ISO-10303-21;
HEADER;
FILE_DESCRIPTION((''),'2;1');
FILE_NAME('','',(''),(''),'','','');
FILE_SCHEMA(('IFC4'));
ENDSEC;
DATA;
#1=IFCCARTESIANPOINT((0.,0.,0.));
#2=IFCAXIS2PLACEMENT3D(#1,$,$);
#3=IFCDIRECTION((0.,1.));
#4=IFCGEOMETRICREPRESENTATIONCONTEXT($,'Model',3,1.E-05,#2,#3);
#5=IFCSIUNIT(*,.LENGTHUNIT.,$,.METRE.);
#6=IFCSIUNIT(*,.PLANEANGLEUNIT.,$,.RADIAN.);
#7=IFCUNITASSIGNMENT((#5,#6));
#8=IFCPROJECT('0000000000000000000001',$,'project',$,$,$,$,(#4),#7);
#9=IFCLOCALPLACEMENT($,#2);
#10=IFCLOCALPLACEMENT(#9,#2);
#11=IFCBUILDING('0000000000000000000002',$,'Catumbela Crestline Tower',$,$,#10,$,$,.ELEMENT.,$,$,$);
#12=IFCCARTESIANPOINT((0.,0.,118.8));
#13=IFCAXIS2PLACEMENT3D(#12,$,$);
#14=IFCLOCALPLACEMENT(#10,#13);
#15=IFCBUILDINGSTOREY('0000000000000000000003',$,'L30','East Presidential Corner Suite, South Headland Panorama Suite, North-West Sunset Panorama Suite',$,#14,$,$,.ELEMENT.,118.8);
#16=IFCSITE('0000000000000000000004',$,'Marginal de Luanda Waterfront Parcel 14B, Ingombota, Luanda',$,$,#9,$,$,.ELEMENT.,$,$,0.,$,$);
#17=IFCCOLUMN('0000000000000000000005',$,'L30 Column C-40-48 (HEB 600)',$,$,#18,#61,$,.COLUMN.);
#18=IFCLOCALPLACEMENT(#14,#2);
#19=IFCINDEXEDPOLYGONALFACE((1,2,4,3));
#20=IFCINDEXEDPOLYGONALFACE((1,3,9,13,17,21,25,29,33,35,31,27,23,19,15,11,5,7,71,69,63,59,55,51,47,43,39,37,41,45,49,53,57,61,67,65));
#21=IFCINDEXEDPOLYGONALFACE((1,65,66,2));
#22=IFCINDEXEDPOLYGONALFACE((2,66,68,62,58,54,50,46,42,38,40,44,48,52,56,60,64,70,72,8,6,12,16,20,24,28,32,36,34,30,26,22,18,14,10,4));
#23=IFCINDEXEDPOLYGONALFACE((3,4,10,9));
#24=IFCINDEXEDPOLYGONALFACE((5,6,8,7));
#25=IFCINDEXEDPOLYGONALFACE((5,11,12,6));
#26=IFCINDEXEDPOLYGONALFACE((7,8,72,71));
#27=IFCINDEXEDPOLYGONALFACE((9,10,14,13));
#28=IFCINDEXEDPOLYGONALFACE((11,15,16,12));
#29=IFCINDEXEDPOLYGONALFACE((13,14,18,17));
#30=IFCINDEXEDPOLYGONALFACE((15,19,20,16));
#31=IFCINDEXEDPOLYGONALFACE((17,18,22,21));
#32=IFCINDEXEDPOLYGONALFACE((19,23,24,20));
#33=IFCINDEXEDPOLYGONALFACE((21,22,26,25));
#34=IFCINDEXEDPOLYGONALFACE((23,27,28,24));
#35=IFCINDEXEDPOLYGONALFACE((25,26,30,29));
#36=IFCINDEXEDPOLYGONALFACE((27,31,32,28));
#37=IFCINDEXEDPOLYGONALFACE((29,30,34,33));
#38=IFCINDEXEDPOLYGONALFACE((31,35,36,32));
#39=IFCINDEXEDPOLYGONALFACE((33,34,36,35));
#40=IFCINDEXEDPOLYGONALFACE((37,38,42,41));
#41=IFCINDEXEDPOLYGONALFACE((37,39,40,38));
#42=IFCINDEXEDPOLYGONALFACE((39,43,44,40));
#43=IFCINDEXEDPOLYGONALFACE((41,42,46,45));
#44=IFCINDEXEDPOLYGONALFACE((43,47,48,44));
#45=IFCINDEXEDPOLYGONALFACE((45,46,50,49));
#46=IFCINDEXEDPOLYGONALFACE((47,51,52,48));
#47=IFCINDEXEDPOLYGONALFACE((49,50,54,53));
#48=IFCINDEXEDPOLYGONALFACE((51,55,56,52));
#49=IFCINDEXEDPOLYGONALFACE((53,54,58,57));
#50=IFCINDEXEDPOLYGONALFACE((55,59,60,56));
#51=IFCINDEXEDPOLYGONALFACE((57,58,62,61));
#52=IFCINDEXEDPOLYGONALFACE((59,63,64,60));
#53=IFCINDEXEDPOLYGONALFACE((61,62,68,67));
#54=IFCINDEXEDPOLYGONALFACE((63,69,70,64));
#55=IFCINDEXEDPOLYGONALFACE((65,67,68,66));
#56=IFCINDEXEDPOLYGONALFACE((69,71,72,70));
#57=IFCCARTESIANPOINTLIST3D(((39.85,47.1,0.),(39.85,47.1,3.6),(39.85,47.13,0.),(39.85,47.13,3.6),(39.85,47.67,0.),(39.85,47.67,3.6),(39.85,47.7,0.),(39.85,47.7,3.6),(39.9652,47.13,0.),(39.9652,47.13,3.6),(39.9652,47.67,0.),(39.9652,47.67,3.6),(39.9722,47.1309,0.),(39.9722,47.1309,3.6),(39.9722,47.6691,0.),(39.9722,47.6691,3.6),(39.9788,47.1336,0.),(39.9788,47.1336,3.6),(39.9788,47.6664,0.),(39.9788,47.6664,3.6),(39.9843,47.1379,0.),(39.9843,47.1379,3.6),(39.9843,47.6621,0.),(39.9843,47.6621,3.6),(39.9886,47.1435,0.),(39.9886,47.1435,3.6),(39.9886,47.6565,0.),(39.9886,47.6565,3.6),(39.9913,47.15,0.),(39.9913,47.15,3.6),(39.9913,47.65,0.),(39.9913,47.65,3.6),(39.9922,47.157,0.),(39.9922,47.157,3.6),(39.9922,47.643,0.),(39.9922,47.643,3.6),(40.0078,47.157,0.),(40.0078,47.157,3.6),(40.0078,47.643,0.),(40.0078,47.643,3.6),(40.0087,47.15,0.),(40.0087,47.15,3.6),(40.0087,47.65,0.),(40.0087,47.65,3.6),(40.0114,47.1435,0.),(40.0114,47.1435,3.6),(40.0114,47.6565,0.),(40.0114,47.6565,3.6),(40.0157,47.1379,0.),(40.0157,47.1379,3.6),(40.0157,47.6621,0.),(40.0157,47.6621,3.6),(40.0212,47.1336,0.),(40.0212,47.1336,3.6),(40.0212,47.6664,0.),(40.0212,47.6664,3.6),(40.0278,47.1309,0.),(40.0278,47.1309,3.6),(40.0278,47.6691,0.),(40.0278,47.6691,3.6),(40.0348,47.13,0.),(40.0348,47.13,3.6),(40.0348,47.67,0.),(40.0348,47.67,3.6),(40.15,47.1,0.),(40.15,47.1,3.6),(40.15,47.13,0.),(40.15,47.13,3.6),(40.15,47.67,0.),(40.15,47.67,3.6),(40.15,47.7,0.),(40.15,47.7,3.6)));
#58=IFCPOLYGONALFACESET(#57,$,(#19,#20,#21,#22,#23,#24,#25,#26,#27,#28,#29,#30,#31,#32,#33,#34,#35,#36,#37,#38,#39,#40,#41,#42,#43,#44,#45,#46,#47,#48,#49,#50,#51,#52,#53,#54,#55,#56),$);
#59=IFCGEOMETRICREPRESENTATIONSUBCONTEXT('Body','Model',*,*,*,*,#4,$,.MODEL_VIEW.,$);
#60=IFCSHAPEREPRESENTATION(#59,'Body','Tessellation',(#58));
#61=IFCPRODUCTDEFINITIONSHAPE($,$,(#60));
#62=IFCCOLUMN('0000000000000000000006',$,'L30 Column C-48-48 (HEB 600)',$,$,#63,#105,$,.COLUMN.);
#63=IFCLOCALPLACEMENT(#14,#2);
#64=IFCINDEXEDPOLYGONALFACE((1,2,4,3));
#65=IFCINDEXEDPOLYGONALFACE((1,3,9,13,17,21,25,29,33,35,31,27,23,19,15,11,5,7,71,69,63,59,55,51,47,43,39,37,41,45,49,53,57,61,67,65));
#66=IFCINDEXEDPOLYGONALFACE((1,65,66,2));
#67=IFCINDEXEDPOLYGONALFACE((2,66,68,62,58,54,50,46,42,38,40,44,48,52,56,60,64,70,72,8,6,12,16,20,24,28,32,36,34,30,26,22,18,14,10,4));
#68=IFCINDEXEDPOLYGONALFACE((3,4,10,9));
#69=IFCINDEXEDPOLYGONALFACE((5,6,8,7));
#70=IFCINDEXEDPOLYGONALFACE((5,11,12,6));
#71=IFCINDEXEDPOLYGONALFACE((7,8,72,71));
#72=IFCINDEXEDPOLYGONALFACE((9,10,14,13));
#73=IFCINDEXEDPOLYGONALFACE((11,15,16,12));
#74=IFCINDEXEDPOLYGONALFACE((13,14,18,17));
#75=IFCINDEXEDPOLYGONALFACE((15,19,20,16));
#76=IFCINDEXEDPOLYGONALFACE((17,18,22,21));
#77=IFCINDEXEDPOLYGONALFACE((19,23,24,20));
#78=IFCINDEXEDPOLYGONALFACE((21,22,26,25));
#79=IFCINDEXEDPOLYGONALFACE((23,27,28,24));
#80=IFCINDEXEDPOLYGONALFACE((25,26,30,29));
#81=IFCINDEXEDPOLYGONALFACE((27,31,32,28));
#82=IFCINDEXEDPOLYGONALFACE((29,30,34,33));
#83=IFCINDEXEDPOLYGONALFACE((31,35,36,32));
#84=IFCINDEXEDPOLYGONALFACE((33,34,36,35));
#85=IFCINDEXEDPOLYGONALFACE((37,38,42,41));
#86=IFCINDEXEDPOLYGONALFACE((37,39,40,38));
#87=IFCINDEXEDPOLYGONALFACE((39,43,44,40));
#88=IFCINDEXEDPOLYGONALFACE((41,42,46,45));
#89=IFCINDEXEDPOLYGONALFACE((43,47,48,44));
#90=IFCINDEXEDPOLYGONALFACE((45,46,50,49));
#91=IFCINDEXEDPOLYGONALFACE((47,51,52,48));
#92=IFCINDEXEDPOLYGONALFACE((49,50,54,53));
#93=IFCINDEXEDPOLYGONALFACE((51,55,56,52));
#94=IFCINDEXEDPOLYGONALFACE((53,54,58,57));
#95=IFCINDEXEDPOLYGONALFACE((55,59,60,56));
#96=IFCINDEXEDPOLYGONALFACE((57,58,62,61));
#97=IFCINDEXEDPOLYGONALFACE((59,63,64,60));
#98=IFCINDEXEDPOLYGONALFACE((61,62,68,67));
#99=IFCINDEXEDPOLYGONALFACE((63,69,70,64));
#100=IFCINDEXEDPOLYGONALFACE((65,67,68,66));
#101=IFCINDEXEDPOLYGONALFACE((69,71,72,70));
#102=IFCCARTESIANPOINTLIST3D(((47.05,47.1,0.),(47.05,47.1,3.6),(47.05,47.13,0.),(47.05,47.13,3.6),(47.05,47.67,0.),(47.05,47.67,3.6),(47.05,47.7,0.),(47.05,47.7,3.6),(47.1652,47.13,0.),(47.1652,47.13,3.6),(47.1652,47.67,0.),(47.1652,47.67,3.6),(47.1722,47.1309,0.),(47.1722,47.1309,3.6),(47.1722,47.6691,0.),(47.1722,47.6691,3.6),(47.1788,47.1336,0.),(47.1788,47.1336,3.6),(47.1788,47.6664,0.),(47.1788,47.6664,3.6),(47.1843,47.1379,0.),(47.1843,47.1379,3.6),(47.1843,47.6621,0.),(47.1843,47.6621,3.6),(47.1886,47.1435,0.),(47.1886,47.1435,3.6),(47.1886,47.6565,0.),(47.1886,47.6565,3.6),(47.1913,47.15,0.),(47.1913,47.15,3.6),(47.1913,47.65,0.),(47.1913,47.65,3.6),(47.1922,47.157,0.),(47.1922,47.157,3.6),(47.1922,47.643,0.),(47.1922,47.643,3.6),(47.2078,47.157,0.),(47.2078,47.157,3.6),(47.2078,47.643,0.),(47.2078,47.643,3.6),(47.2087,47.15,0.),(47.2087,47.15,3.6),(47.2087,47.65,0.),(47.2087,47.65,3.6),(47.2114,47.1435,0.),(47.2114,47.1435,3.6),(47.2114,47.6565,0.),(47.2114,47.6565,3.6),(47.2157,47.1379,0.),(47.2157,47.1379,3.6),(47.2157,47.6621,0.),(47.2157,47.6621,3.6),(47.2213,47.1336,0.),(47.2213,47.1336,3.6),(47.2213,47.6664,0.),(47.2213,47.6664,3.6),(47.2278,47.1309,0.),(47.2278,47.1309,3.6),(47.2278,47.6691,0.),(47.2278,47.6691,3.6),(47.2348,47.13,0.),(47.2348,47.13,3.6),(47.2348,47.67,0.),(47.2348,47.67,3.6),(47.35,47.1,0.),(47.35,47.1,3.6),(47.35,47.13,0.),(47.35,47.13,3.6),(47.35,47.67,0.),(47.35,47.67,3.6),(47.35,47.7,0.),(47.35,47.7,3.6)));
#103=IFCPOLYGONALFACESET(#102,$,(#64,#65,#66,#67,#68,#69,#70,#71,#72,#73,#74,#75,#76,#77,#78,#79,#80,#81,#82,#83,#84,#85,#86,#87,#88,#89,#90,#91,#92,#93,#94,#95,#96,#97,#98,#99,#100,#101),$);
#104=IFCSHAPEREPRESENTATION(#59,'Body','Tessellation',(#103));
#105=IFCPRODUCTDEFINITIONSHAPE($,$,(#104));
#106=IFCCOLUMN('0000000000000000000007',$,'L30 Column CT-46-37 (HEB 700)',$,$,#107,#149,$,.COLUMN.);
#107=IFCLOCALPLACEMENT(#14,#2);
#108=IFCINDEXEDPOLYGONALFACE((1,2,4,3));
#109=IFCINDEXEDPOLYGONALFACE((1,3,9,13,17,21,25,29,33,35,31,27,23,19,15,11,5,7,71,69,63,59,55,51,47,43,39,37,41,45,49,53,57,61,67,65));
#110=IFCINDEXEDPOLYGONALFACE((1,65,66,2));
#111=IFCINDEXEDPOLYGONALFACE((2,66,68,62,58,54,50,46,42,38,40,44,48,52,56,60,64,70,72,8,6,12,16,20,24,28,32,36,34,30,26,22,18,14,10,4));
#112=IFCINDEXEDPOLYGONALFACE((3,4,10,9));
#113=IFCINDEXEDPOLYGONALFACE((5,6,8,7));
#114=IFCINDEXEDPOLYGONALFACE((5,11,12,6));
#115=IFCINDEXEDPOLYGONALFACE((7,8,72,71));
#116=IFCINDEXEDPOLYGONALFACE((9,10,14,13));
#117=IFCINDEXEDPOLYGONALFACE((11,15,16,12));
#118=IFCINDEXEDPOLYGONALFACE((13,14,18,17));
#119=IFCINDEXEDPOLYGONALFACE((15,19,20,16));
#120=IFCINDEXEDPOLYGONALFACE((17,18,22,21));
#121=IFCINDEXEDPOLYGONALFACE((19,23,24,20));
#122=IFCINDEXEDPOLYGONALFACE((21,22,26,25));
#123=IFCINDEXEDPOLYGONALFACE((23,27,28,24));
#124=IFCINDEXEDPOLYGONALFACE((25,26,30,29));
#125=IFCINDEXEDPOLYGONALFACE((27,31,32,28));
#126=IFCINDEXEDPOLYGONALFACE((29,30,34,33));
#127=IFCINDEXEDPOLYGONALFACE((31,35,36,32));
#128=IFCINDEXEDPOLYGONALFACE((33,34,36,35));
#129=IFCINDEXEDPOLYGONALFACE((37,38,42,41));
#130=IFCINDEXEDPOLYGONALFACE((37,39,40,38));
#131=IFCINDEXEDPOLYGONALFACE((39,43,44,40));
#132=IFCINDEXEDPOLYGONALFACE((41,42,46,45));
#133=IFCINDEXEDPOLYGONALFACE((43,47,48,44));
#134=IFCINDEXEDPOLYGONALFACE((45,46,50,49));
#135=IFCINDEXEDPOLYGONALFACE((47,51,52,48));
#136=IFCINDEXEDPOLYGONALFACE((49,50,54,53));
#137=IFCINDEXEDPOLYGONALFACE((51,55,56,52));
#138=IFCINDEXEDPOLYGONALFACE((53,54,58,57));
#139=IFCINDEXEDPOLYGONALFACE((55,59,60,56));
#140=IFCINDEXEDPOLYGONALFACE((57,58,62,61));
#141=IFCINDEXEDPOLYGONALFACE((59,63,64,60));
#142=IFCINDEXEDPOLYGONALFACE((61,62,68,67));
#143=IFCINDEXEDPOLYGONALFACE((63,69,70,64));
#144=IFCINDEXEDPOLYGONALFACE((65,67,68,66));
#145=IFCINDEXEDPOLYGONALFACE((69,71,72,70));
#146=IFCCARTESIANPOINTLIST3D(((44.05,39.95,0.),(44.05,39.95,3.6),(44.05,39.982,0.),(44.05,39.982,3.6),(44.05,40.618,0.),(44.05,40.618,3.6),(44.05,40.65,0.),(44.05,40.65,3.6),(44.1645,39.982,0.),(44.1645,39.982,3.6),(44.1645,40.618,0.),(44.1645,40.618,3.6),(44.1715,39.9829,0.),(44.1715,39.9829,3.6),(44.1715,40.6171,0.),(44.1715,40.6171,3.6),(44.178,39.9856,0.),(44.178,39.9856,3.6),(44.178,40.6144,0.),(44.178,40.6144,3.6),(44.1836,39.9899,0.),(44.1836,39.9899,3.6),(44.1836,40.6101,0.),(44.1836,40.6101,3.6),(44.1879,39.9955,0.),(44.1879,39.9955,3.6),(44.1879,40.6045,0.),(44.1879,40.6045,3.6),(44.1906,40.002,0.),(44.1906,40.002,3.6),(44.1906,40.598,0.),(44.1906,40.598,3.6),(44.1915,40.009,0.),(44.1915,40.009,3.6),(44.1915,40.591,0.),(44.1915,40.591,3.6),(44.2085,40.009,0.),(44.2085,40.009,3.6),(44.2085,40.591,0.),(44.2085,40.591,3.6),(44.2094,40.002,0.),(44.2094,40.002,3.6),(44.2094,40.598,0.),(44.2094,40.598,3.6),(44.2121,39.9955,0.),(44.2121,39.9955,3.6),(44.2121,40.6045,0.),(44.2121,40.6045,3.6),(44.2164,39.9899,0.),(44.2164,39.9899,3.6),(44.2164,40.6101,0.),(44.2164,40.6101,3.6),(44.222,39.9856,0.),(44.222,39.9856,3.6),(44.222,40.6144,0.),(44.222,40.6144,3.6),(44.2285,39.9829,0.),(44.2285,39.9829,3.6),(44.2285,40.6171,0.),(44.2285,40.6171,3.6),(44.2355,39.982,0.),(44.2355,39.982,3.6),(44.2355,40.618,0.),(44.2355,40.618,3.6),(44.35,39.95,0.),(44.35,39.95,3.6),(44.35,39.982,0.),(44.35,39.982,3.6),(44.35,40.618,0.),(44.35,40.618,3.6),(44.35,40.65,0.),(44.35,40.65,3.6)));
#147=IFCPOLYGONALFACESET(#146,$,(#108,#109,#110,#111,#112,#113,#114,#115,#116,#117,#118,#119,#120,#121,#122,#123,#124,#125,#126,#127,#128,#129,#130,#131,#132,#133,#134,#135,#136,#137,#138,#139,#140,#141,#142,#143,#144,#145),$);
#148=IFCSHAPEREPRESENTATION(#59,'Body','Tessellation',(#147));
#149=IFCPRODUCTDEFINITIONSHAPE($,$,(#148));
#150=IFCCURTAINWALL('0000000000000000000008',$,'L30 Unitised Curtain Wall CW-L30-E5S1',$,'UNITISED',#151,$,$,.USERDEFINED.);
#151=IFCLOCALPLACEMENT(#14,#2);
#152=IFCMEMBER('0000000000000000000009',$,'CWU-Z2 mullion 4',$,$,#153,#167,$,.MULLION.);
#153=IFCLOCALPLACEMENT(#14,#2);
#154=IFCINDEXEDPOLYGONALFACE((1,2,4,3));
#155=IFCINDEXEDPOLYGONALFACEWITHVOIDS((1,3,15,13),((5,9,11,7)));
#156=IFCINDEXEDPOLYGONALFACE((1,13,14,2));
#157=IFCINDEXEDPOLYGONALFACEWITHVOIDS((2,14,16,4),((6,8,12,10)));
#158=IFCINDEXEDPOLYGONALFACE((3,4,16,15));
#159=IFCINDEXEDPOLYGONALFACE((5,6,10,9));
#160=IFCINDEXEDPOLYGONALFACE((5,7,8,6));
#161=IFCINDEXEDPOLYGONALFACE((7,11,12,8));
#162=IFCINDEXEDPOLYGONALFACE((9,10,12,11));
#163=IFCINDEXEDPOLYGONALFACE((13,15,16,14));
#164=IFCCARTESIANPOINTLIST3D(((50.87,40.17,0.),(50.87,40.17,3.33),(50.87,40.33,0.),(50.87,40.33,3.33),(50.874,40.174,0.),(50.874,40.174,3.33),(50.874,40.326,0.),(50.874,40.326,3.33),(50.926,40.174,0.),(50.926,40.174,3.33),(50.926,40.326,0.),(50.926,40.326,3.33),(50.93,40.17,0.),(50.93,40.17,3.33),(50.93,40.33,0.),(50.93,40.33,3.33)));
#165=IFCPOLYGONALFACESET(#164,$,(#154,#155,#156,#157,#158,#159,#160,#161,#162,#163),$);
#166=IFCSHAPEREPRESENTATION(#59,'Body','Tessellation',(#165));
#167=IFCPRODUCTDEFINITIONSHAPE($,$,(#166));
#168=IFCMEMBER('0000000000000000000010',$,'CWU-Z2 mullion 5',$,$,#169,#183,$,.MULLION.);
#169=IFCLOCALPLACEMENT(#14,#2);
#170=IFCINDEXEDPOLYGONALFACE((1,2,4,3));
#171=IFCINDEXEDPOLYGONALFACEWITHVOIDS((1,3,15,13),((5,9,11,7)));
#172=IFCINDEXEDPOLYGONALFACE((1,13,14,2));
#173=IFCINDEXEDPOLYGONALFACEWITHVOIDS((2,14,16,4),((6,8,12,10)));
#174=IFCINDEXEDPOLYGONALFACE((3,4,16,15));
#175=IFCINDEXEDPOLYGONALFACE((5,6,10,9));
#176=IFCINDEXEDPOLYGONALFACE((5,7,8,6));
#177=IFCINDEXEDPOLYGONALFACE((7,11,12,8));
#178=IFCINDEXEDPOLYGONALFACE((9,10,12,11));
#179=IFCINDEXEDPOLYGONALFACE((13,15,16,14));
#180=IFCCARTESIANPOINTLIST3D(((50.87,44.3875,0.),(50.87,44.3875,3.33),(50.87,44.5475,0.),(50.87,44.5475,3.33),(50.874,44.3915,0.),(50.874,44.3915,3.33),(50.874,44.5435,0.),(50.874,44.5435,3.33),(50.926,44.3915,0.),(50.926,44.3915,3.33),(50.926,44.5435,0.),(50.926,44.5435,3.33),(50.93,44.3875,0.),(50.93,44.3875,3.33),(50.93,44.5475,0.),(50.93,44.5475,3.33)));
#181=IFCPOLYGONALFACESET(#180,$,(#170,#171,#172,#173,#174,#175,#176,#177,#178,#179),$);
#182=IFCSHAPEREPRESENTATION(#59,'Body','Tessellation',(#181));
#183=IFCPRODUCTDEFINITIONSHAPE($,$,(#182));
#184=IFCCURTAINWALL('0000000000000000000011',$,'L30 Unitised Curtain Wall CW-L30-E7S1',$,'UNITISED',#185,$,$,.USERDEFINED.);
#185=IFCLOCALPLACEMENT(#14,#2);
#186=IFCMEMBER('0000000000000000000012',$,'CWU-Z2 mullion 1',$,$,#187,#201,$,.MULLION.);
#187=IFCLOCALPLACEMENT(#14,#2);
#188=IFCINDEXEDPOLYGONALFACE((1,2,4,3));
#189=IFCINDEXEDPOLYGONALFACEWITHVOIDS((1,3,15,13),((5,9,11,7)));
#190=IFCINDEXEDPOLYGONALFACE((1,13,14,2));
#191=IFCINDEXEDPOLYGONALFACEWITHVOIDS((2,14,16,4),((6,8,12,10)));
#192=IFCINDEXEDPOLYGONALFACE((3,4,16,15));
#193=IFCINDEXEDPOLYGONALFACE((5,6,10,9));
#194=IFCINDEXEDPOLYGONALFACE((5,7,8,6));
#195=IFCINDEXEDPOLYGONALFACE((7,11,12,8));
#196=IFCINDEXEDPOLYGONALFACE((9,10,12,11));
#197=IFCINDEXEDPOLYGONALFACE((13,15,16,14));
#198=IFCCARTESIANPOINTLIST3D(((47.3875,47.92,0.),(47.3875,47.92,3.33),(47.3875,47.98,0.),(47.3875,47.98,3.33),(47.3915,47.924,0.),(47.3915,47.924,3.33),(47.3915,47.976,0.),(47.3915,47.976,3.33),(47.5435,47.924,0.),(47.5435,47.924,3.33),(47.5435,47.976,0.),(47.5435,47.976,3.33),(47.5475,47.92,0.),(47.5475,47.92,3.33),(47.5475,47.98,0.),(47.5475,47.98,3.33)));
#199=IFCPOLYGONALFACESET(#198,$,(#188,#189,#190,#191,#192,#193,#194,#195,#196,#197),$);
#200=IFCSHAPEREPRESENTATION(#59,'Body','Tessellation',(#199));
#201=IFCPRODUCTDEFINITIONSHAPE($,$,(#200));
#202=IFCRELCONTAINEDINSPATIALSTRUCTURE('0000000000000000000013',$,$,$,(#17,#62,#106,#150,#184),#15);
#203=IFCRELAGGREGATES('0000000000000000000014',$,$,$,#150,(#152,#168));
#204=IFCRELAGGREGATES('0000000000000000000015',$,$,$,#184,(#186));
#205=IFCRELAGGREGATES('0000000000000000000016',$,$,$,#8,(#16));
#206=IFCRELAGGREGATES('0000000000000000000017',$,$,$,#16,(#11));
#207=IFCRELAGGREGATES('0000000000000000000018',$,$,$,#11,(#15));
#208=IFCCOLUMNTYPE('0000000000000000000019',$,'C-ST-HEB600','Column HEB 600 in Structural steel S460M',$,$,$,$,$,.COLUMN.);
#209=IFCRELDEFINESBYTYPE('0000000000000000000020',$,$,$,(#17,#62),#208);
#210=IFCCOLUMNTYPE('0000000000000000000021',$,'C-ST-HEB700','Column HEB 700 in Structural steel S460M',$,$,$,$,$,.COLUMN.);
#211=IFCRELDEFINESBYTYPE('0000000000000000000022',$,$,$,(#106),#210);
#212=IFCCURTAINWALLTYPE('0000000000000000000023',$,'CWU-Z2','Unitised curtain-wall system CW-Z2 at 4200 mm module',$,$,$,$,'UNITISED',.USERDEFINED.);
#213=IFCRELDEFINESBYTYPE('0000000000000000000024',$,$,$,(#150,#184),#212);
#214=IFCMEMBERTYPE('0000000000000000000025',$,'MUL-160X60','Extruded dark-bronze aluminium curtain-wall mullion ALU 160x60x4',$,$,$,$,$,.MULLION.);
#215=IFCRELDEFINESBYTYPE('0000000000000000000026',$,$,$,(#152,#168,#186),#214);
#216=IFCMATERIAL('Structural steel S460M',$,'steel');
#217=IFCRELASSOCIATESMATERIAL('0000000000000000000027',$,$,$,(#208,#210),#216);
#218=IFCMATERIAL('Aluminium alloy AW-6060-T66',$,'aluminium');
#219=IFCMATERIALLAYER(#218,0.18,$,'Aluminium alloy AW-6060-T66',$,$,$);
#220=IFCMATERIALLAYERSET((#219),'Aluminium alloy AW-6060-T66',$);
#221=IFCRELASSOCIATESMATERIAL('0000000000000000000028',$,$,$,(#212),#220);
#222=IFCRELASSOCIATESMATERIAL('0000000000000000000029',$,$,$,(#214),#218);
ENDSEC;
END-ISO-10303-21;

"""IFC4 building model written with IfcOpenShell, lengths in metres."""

from ifc_helpers import new_model, si_unit, direction, frame, origin, origin_2d, place, context, subcontext, project, spatial, hollow_rectangle, i_section, extrude, material, layer, layer_set, material_profile, profile_set, type_object, element, aggregate, save


model = new_model("IFC4")

# Units and contexts
model_context = context("Model", 3, precision=1e-05, world=origin(), true_north=direction((0.0, 1.0)))
body_context = subcontext(model_context, "Body", "Model", "MODEL_VIEW")
ifc_project = project(units=[si_unit("LENGTHUNIT", "METRE"), si_unit("PLANEANGLEUNIT", "RADIAN")], contexts=[model_context])

# Site, building, storey
site_placement = place(None, origin())
site = spatial("IfcSite", under=ifc_project, at=site_placement, Name="Marginal de Luanda Waterfront Parcel 14B, Ingombota, Luanda", CompositionType="ELEMENT", RefElevation=0.0)
building_placement = place(site_placement, origin())
building = spatial("IfcBuilding", under=site, at=building_placement, Name="Catumbela Crestline Tower", CompositionType="ELEMENT")
storey_placement = place(building_placement, frame((0.0, 0.0, 118.8)))
storey = spatial("IfcBuildingStorey", under=building, at=storey_placement, Name="L30", Description="East Presidential Corner Suite, South Headland Panorama Suite, North-West Sunset Panorama Suite", CompositionType="ELEMENT", Elevation=118.8)

# Columns
ifc_material_1 = material(Name="Structural steel S460M", Category="steel")
ifc_material_profile_1 = material_profile(ifc_material_1, i_section(OverallWidth=0.3, OverallDepth=0.6, WebThickness=0.0155, FlangeThickness=0.03, FilletRadius=0.027, at=origin_2d()), Name="HEB 600")
ifc_profile_set_1 = profile_set([ifc_material_profile_1], Name="Structural steel S460M")
column_type_1 = type_object("IfcColumnType", Name="C-ST-HEB600", Description="Column HEB 600 in Structural steel S460M", PredefinedType="COLUMN", material=ifc_profile_set_1)
for number, where, z_axis, x_axis, name in (
    (1, (40.0, 47.4, 0.0), (0.0, 0.0, 1.0), (1.0, 0.0, 0.0), "L30 Column C-40-48 (HEB 600)"),
    (2, (47.2, 47.4, 0.0), (0.0, 0.0, 1.0), (1.0, 0.0, 0.0), "L30 Column C-48-48 (HEB 600)"),
):
    element("IfcColumn", number, at=place(storey_placement, frame(where, z_axis=z_axis, x_axis=x_axis)), inside=storey, type_object=column_type_1, Name=name, PredefinedType="COLUMN", context=body_context, shape_type="SweptSolid", body=[
        extrude(i_section(OverallWidth=0.3, OverallDepth=0.6, WebThickness=0.0155, FlangeThickness=0.03, FilletRadius=0.027, at=origin_2d()), origin(), (0.0, 0.0, 1.0), 3.6),
    ])
ifc_material_profile_2 = material_profile(ifc_material_1, i_section(OverallWidth=0.3, OverallDepth=0.7, WebThickness=0.017, FlangeThickness=0.032, FilletRadius=0.027, at=origin_2d()), Name="HEB 700")
ifc_profile_set_2 = profile_set([ifc_material_profile_2], Name="Structural steel S460M")
column_type_2 = type_object("IfcColumnType", Name="C-ST-HEB700", Description="Column HEB 700 in Structural steel S460M", PredefinedType="COLUMN", material=ifc_profile_set_2)
column_placement = place(storey_placement, frame((44.2, 40.3, 0.0), z_axis=(0.0, 0.0, 1.0), x_axis=(1.0, 0.0, 0.0)))
element("IfcColumn", 3, at=column_placement, inside=storey, type_object=column_type_2, Name="L30 Column CT-46-37 (HEB 700)", PredefinedType="COLUMN", context=body_context, shape_type="SweptSolid", body=[
    extrude(i_section(OverallWidth=0.3, OverallDepth=0.7, WebThickness=0.017, FlangeThickness=0.032, FilletRadius=0.027, at=origin_2d()), origin(), (0.0, 0.0, 1.0), 3.6),
])

# Curtain walls, members
ifc_material_2 = material(Name="Aluminium alloy AW-6060-T66", Category="aluminium")
ifc_layer_1 = layer(ifc_material_2, 0.18, Name="Aluminium alloy AW-6060-T66")
ifc_layer_set_1 = layer_set([ifc_layer_1], Name="Aluminium alloy AW-6060-T66")
curtain_wall_type = type_object("IfcCurtainWallType", Name="CWU-Z2", Description="Unitised curtain-wall system CW-Z2 at 4200 mm module", ElementType="UNITISED", PredefinedType="USERDEFINED", material=ifc_layer_set_1)
curtain_wall_1_placement = place(storey_placement, origin())
curtain_wall_1 = element("IfcCurtainWall", 4, at=curtain_wall_1_placement, inside=storey, type_object=curtain_wall_type, Name="L30 Unitised Curtain Wall CW-L30-E5S1", ObjectType="UNITISED", PredefinedType="USERDEFINED")
ifc_material_profile_3 = material_profile(ifc_material_2, hollow_rectangle(XDim=0.06, YDim=0.16, WallThickness=0.004, at=origin_2d()), Name="ALU 160x60x4")
ifc_profile_set_3 = profile_set([ifc_material_profile_3], Name="Aluminium alloy AW-6060-T66")
member_type_1 = type_object("IfcMemberType", Name="MUL-160X60", Description="Extruded dark-bronze aluminium curtain-wall mullion ALU 160x60x4", PredefinedType="MULLION", material=ifc_profile_set_3)
member_1_placement = place(storey_placement, frame((50.9, 40.25, 0.0), z_axis=(0.0, 0.0, 1.0), x_axis=(-1.0, 0.0, 0.0)))
member_1 = element("IfcMember", 5, at=member_1_placement, type_object=member_type_1, Name="CWU-Z2 mullion 4", PredefinedType="MULLION", context=body_context, shape_type="SweptSolid", body=[
    extrude(hollow_rectangle(XDim=0.06, YDim=0.16, WallThickness=0.004, at=origin_2d()), origin(), (0.0, 0.0, 1.0), 3.33),
])
member_2_placement = place(storey_placement, frame((50.9, 44.4675, 0.0), z_axis=(0.0, 0.0, 1.0), x_axis=(-1.0, 0.0, 0.0)))
member_2 = element("IfcMember", 6, at=member_2_placement, type_object=member_type_1, Name="CWU-Z2 mullion 5", PredefinedType="MULLION", context=body_context, shape_type="SweptSolid", body=[
    extrude(hollow_rectangle(XDim=0.06, YDim=0.16, WallThickness=0.004, at=origin_2d()), origin(), (0.0, 0.0, 1.0), 3.33),
])
curtain_wall_2_placement = place(storey_placement, origin())
curtain_wall_2 = element("IfcCurtainWall", 7, at=curtain_wall_2_placement, inside=storey, type_object=curtain_wall_type, Name="L30 Unitised Curtain Wall CW-L30-E7S1", ObjectType="UNITISED", PredefinedType="USERDEFINED")
member_3_placement = place(storey_placement, frame((47.4675, 47.95, 0.0), z_axis=(0.0, 0.0, 1.0), x_axis=(0.0, -1.0, 0.0)))
member_3 = element("IfcMember", 8, at=member_3_placement, type_object=member_type_1, Name="CWU-Z2 mullion 1", PredefinedType="MULLION", context=body_context, shape_type="SweptSolid", body=[
    extrude(hollow_rectangle(XDim=0.06, YDim=0.16, WallThickness=0.004, at=origin_2d()), origin(), (0.0, 0.0, 1.0), 3.33),
])

aggregate(curtain_wall_1, [member_1, member_2])
aggregate(curtain_wall_2, [member_3])

save(model, "model.ifc")
